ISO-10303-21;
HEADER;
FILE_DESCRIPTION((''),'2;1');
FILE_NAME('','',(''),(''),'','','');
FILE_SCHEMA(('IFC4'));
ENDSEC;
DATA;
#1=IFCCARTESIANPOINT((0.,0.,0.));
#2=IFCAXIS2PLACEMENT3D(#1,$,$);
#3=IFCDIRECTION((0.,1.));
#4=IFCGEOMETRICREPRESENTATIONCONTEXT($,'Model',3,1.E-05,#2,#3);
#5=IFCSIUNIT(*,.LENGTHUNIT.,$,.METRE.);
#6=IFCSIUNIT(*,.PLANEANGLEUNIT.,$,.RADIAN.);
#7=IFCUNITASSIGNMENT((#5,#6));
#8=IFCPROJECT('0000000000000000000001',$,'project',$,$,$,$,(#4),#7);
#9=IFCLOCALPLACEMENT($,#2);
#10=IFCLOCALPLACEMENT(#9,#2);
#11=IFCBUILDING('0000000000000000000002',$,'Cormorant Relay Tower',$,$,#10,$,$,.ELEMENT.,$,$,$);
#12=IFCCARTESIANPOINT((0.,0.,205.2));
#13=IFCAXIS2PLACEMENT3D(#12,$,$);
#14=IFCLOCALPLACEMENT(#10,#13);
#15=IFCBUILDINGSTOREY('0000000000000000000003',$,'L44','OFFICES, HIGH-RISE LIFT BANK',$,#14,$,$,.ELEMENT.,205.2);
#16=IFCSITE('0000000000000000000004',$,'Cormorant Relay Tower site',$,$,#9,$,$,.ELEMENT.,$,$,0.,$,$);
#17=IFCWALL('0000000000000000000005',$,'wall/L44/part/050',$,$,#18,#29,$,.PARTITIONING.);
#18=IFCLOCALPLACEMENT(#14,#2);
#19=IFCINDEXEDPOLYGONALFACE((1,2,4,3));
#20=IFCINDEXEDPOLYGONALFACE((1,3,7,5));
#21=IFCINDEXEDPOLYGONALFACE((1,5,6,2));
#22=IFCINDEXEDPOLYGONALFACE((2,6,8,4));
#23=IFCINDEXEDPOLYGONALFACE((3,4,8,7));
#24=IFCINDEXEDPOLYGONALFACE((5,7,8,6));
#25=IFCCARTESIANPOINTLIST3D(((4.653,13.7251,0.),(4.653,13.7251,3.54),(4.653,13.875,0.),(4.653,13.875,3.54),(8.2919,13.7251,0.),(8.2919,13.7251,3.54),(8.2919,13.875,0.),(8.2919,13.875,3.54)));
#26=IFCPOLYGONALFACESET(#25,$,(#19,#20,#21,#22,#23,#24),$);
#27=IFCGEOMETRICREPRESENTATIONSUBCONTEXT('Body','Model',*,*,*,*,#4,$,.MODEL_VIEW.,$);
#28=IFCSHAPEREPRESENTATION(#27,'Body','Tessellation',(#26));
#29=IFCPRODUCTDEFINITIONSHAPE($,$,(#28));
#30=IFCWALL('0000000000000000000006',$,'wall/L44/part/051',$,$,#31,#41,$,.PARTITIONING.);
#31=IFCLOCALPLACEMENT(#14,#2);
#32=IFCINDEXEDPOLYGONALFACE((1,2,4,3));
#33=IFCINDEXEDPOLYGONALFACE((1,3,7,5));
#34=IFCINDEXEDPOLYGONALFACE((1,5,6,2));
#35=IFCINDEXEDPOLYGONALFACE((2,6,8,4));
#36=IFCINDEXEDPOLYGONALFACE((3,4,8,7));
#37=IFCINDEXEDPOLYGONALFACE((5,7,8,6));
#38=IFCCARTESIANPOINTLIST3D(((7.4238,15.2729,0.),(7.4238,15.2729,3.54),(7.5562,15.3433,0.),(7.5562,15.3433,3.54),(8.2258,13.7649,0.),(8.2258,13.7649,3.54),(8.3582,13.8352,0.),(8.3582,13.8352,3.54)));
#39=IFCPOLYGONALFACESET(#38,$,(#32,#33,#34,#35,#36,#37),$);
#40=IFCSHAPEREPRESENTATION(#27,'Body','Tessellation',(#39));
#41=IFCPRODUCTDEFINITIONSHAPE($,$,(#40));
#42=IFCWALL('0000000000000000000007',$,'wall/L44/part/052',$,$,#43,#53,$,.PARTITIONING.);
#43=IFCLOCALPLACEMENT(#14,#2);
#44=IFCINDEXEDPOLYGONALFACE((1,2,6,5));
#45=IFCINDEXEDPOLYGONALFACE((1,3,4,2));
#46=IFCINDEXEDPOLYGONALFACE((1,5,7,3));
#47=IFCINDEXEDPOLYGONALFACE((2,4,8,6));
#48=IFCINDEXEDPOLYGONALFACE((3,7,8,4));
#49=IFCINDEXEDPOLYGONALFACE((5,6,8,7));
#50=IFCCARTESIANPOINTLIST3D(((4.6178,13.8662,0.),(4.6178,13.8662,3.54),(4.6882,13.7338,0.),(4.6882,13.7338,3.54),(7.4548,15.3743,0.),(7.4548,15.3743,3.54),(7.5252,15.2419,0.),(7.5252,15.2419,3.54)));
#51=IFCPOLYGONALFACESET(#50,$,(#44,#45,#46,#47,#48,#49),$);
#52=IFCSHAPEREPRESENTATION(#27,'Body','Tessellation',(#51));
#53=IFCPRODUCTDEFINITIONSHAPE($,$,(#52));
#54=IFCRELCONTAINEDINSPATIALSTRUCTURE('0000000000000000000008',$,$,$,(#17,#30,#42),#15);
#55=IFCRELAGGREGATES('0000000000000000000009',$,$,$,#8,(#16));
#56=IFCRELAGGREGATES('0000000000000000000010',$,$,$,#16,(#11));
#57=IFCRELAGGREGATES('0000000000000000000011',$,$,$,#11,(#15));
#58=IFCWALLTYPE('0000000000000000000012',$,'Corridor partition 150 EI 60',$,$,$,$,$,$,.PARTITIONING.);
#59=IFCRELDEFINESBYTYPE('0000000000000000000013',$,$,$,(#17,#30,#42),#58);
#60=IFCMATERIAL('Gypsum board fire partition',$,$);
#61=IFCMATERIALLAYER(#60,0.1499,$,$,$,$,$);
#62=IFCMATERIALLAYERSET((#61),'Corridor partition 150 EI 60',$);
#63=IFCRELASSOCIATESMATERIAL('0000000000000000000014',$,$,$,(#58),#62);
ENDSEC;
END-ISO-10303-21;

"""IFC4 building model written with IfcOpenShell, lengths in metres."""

from ifc_helpers import new_model, si_unit, direction, frame, frame_2d, origin, place, context, subcontext, project, spatial, rectangle, extrude, material, layer, layer_set, type_object, element, save


model = new_model("IFC4")

# Units and contexts
model_context = context("Model", 3, precision=1e-05, world=origin(), true_north=direction((0.0, 1.0)))
body_context = subcontext(model_context, "Body", "Model", "MODEL_VIEW")
ifc_project = project(units=[si_unit("LENGTHUNIT", "METRE"), si_unit("PLANEANGLEUNIT", "RADIAN")], contexts=[model_context])

# Site, building, storey
site_placement = place(None, origin())
site = spatial("IfcSite", under=ifc_project, at=site_placement, Name="Cormorant Relay Tower site", CompositionType="ELEMENT", RefElevation=0.0)
building_placement = place(site_placement, origin())
building = spatial("IfcBuilding", under=site, at=building_placement, Name="Cormorant Relay Tower", CompositionType="ELEMENT")
storey_placement = place(building_placement, frame((0.0, 0.0, 205.2)))
storey = spatial("IfcBuildingStorey", under=building, at=storey_placement, Name="L44", Description="OFFICES, HIGH-RISE LIFT BANK", CompositionType="ELEMENT", Elevation=205.2)

# Shared definitions
ifc_material_1 = material(Name="Gypsum board fire partition")
ifc_layer_1 = layer(ifc_material_1, 0.1499)
ifc_layer_set_1 = layer_set([ifc_layer_1], Name="Corridor partition 150 EI 60")
wall_type_1 = type_object("IfcWallType", Name="Corridor partition 150 EI 60", PredefinedType="PARTITIONING", material=ifc_layer_set_1)

# Walls
wall_1_placement = place(storey_placement, frame((4.6531, 13.8, 0.0), z_axis=(0.0, 0.0, 1.0), x_axis=(1.0, 0.0, 0.0)))
element("IfcWall", 1, at=wall_1_placement, inside=storey, type_object=wall_type_1, Name="wall/L44/part/050", PredefinedType="PARTITIONING", context=body_context, shape_type="SweptSolid", body=[
    extrude(rectangle(XDim=3.6389, YDim=0.1499, at=frame_2d((1.8193, 0.0))), origin(), (0.0, 0.0, 1.0), 3.54),
])
wall_2_placement = place(storey_placement, frame((8.292, 13.8, 0.0), z_axis=(0.0, 0.0, 1.0), x_axis=(-0.469542, 0.88291, 0.0)))
element("IfcWall", 2, at=wall_2_placement, inside=storey, type_object=wall_type_1, Name="wall/L44/part/051", PredefinedType="PARTITIONING", context=body_context, shape_type="SweptSolid", body=[
    extrude(rectangle(XDim=1.708, YDim=0.1499, at=frame_2d((0.854, 0.0))), origin(), (0.0, 0.0, 1.0), 3.54),
])
wall_3_placement = place(storey_placement, frame((7.49, 15.3081, 0.0), z_axis=(0.0, 0.0, 1.0), x_axis=(-0.882994, -0.469385, 0.0)))
element("IfcWall", 3, at=wall_3_placement, inside=storey, type_object=wall_type_1, Name="wall/L44/part/052", PredefinedType="PARTITIONING", context=body_context, shape_type="SweptSolid", body=[
    extrude(rectangle(XDim=3.2129, YDim=0.1499, at=frame_2d((1.6064, 0.0))), origin(), (0.0, 0.0, 1.0), 3.54),
])

save(model, "model.ifc")
